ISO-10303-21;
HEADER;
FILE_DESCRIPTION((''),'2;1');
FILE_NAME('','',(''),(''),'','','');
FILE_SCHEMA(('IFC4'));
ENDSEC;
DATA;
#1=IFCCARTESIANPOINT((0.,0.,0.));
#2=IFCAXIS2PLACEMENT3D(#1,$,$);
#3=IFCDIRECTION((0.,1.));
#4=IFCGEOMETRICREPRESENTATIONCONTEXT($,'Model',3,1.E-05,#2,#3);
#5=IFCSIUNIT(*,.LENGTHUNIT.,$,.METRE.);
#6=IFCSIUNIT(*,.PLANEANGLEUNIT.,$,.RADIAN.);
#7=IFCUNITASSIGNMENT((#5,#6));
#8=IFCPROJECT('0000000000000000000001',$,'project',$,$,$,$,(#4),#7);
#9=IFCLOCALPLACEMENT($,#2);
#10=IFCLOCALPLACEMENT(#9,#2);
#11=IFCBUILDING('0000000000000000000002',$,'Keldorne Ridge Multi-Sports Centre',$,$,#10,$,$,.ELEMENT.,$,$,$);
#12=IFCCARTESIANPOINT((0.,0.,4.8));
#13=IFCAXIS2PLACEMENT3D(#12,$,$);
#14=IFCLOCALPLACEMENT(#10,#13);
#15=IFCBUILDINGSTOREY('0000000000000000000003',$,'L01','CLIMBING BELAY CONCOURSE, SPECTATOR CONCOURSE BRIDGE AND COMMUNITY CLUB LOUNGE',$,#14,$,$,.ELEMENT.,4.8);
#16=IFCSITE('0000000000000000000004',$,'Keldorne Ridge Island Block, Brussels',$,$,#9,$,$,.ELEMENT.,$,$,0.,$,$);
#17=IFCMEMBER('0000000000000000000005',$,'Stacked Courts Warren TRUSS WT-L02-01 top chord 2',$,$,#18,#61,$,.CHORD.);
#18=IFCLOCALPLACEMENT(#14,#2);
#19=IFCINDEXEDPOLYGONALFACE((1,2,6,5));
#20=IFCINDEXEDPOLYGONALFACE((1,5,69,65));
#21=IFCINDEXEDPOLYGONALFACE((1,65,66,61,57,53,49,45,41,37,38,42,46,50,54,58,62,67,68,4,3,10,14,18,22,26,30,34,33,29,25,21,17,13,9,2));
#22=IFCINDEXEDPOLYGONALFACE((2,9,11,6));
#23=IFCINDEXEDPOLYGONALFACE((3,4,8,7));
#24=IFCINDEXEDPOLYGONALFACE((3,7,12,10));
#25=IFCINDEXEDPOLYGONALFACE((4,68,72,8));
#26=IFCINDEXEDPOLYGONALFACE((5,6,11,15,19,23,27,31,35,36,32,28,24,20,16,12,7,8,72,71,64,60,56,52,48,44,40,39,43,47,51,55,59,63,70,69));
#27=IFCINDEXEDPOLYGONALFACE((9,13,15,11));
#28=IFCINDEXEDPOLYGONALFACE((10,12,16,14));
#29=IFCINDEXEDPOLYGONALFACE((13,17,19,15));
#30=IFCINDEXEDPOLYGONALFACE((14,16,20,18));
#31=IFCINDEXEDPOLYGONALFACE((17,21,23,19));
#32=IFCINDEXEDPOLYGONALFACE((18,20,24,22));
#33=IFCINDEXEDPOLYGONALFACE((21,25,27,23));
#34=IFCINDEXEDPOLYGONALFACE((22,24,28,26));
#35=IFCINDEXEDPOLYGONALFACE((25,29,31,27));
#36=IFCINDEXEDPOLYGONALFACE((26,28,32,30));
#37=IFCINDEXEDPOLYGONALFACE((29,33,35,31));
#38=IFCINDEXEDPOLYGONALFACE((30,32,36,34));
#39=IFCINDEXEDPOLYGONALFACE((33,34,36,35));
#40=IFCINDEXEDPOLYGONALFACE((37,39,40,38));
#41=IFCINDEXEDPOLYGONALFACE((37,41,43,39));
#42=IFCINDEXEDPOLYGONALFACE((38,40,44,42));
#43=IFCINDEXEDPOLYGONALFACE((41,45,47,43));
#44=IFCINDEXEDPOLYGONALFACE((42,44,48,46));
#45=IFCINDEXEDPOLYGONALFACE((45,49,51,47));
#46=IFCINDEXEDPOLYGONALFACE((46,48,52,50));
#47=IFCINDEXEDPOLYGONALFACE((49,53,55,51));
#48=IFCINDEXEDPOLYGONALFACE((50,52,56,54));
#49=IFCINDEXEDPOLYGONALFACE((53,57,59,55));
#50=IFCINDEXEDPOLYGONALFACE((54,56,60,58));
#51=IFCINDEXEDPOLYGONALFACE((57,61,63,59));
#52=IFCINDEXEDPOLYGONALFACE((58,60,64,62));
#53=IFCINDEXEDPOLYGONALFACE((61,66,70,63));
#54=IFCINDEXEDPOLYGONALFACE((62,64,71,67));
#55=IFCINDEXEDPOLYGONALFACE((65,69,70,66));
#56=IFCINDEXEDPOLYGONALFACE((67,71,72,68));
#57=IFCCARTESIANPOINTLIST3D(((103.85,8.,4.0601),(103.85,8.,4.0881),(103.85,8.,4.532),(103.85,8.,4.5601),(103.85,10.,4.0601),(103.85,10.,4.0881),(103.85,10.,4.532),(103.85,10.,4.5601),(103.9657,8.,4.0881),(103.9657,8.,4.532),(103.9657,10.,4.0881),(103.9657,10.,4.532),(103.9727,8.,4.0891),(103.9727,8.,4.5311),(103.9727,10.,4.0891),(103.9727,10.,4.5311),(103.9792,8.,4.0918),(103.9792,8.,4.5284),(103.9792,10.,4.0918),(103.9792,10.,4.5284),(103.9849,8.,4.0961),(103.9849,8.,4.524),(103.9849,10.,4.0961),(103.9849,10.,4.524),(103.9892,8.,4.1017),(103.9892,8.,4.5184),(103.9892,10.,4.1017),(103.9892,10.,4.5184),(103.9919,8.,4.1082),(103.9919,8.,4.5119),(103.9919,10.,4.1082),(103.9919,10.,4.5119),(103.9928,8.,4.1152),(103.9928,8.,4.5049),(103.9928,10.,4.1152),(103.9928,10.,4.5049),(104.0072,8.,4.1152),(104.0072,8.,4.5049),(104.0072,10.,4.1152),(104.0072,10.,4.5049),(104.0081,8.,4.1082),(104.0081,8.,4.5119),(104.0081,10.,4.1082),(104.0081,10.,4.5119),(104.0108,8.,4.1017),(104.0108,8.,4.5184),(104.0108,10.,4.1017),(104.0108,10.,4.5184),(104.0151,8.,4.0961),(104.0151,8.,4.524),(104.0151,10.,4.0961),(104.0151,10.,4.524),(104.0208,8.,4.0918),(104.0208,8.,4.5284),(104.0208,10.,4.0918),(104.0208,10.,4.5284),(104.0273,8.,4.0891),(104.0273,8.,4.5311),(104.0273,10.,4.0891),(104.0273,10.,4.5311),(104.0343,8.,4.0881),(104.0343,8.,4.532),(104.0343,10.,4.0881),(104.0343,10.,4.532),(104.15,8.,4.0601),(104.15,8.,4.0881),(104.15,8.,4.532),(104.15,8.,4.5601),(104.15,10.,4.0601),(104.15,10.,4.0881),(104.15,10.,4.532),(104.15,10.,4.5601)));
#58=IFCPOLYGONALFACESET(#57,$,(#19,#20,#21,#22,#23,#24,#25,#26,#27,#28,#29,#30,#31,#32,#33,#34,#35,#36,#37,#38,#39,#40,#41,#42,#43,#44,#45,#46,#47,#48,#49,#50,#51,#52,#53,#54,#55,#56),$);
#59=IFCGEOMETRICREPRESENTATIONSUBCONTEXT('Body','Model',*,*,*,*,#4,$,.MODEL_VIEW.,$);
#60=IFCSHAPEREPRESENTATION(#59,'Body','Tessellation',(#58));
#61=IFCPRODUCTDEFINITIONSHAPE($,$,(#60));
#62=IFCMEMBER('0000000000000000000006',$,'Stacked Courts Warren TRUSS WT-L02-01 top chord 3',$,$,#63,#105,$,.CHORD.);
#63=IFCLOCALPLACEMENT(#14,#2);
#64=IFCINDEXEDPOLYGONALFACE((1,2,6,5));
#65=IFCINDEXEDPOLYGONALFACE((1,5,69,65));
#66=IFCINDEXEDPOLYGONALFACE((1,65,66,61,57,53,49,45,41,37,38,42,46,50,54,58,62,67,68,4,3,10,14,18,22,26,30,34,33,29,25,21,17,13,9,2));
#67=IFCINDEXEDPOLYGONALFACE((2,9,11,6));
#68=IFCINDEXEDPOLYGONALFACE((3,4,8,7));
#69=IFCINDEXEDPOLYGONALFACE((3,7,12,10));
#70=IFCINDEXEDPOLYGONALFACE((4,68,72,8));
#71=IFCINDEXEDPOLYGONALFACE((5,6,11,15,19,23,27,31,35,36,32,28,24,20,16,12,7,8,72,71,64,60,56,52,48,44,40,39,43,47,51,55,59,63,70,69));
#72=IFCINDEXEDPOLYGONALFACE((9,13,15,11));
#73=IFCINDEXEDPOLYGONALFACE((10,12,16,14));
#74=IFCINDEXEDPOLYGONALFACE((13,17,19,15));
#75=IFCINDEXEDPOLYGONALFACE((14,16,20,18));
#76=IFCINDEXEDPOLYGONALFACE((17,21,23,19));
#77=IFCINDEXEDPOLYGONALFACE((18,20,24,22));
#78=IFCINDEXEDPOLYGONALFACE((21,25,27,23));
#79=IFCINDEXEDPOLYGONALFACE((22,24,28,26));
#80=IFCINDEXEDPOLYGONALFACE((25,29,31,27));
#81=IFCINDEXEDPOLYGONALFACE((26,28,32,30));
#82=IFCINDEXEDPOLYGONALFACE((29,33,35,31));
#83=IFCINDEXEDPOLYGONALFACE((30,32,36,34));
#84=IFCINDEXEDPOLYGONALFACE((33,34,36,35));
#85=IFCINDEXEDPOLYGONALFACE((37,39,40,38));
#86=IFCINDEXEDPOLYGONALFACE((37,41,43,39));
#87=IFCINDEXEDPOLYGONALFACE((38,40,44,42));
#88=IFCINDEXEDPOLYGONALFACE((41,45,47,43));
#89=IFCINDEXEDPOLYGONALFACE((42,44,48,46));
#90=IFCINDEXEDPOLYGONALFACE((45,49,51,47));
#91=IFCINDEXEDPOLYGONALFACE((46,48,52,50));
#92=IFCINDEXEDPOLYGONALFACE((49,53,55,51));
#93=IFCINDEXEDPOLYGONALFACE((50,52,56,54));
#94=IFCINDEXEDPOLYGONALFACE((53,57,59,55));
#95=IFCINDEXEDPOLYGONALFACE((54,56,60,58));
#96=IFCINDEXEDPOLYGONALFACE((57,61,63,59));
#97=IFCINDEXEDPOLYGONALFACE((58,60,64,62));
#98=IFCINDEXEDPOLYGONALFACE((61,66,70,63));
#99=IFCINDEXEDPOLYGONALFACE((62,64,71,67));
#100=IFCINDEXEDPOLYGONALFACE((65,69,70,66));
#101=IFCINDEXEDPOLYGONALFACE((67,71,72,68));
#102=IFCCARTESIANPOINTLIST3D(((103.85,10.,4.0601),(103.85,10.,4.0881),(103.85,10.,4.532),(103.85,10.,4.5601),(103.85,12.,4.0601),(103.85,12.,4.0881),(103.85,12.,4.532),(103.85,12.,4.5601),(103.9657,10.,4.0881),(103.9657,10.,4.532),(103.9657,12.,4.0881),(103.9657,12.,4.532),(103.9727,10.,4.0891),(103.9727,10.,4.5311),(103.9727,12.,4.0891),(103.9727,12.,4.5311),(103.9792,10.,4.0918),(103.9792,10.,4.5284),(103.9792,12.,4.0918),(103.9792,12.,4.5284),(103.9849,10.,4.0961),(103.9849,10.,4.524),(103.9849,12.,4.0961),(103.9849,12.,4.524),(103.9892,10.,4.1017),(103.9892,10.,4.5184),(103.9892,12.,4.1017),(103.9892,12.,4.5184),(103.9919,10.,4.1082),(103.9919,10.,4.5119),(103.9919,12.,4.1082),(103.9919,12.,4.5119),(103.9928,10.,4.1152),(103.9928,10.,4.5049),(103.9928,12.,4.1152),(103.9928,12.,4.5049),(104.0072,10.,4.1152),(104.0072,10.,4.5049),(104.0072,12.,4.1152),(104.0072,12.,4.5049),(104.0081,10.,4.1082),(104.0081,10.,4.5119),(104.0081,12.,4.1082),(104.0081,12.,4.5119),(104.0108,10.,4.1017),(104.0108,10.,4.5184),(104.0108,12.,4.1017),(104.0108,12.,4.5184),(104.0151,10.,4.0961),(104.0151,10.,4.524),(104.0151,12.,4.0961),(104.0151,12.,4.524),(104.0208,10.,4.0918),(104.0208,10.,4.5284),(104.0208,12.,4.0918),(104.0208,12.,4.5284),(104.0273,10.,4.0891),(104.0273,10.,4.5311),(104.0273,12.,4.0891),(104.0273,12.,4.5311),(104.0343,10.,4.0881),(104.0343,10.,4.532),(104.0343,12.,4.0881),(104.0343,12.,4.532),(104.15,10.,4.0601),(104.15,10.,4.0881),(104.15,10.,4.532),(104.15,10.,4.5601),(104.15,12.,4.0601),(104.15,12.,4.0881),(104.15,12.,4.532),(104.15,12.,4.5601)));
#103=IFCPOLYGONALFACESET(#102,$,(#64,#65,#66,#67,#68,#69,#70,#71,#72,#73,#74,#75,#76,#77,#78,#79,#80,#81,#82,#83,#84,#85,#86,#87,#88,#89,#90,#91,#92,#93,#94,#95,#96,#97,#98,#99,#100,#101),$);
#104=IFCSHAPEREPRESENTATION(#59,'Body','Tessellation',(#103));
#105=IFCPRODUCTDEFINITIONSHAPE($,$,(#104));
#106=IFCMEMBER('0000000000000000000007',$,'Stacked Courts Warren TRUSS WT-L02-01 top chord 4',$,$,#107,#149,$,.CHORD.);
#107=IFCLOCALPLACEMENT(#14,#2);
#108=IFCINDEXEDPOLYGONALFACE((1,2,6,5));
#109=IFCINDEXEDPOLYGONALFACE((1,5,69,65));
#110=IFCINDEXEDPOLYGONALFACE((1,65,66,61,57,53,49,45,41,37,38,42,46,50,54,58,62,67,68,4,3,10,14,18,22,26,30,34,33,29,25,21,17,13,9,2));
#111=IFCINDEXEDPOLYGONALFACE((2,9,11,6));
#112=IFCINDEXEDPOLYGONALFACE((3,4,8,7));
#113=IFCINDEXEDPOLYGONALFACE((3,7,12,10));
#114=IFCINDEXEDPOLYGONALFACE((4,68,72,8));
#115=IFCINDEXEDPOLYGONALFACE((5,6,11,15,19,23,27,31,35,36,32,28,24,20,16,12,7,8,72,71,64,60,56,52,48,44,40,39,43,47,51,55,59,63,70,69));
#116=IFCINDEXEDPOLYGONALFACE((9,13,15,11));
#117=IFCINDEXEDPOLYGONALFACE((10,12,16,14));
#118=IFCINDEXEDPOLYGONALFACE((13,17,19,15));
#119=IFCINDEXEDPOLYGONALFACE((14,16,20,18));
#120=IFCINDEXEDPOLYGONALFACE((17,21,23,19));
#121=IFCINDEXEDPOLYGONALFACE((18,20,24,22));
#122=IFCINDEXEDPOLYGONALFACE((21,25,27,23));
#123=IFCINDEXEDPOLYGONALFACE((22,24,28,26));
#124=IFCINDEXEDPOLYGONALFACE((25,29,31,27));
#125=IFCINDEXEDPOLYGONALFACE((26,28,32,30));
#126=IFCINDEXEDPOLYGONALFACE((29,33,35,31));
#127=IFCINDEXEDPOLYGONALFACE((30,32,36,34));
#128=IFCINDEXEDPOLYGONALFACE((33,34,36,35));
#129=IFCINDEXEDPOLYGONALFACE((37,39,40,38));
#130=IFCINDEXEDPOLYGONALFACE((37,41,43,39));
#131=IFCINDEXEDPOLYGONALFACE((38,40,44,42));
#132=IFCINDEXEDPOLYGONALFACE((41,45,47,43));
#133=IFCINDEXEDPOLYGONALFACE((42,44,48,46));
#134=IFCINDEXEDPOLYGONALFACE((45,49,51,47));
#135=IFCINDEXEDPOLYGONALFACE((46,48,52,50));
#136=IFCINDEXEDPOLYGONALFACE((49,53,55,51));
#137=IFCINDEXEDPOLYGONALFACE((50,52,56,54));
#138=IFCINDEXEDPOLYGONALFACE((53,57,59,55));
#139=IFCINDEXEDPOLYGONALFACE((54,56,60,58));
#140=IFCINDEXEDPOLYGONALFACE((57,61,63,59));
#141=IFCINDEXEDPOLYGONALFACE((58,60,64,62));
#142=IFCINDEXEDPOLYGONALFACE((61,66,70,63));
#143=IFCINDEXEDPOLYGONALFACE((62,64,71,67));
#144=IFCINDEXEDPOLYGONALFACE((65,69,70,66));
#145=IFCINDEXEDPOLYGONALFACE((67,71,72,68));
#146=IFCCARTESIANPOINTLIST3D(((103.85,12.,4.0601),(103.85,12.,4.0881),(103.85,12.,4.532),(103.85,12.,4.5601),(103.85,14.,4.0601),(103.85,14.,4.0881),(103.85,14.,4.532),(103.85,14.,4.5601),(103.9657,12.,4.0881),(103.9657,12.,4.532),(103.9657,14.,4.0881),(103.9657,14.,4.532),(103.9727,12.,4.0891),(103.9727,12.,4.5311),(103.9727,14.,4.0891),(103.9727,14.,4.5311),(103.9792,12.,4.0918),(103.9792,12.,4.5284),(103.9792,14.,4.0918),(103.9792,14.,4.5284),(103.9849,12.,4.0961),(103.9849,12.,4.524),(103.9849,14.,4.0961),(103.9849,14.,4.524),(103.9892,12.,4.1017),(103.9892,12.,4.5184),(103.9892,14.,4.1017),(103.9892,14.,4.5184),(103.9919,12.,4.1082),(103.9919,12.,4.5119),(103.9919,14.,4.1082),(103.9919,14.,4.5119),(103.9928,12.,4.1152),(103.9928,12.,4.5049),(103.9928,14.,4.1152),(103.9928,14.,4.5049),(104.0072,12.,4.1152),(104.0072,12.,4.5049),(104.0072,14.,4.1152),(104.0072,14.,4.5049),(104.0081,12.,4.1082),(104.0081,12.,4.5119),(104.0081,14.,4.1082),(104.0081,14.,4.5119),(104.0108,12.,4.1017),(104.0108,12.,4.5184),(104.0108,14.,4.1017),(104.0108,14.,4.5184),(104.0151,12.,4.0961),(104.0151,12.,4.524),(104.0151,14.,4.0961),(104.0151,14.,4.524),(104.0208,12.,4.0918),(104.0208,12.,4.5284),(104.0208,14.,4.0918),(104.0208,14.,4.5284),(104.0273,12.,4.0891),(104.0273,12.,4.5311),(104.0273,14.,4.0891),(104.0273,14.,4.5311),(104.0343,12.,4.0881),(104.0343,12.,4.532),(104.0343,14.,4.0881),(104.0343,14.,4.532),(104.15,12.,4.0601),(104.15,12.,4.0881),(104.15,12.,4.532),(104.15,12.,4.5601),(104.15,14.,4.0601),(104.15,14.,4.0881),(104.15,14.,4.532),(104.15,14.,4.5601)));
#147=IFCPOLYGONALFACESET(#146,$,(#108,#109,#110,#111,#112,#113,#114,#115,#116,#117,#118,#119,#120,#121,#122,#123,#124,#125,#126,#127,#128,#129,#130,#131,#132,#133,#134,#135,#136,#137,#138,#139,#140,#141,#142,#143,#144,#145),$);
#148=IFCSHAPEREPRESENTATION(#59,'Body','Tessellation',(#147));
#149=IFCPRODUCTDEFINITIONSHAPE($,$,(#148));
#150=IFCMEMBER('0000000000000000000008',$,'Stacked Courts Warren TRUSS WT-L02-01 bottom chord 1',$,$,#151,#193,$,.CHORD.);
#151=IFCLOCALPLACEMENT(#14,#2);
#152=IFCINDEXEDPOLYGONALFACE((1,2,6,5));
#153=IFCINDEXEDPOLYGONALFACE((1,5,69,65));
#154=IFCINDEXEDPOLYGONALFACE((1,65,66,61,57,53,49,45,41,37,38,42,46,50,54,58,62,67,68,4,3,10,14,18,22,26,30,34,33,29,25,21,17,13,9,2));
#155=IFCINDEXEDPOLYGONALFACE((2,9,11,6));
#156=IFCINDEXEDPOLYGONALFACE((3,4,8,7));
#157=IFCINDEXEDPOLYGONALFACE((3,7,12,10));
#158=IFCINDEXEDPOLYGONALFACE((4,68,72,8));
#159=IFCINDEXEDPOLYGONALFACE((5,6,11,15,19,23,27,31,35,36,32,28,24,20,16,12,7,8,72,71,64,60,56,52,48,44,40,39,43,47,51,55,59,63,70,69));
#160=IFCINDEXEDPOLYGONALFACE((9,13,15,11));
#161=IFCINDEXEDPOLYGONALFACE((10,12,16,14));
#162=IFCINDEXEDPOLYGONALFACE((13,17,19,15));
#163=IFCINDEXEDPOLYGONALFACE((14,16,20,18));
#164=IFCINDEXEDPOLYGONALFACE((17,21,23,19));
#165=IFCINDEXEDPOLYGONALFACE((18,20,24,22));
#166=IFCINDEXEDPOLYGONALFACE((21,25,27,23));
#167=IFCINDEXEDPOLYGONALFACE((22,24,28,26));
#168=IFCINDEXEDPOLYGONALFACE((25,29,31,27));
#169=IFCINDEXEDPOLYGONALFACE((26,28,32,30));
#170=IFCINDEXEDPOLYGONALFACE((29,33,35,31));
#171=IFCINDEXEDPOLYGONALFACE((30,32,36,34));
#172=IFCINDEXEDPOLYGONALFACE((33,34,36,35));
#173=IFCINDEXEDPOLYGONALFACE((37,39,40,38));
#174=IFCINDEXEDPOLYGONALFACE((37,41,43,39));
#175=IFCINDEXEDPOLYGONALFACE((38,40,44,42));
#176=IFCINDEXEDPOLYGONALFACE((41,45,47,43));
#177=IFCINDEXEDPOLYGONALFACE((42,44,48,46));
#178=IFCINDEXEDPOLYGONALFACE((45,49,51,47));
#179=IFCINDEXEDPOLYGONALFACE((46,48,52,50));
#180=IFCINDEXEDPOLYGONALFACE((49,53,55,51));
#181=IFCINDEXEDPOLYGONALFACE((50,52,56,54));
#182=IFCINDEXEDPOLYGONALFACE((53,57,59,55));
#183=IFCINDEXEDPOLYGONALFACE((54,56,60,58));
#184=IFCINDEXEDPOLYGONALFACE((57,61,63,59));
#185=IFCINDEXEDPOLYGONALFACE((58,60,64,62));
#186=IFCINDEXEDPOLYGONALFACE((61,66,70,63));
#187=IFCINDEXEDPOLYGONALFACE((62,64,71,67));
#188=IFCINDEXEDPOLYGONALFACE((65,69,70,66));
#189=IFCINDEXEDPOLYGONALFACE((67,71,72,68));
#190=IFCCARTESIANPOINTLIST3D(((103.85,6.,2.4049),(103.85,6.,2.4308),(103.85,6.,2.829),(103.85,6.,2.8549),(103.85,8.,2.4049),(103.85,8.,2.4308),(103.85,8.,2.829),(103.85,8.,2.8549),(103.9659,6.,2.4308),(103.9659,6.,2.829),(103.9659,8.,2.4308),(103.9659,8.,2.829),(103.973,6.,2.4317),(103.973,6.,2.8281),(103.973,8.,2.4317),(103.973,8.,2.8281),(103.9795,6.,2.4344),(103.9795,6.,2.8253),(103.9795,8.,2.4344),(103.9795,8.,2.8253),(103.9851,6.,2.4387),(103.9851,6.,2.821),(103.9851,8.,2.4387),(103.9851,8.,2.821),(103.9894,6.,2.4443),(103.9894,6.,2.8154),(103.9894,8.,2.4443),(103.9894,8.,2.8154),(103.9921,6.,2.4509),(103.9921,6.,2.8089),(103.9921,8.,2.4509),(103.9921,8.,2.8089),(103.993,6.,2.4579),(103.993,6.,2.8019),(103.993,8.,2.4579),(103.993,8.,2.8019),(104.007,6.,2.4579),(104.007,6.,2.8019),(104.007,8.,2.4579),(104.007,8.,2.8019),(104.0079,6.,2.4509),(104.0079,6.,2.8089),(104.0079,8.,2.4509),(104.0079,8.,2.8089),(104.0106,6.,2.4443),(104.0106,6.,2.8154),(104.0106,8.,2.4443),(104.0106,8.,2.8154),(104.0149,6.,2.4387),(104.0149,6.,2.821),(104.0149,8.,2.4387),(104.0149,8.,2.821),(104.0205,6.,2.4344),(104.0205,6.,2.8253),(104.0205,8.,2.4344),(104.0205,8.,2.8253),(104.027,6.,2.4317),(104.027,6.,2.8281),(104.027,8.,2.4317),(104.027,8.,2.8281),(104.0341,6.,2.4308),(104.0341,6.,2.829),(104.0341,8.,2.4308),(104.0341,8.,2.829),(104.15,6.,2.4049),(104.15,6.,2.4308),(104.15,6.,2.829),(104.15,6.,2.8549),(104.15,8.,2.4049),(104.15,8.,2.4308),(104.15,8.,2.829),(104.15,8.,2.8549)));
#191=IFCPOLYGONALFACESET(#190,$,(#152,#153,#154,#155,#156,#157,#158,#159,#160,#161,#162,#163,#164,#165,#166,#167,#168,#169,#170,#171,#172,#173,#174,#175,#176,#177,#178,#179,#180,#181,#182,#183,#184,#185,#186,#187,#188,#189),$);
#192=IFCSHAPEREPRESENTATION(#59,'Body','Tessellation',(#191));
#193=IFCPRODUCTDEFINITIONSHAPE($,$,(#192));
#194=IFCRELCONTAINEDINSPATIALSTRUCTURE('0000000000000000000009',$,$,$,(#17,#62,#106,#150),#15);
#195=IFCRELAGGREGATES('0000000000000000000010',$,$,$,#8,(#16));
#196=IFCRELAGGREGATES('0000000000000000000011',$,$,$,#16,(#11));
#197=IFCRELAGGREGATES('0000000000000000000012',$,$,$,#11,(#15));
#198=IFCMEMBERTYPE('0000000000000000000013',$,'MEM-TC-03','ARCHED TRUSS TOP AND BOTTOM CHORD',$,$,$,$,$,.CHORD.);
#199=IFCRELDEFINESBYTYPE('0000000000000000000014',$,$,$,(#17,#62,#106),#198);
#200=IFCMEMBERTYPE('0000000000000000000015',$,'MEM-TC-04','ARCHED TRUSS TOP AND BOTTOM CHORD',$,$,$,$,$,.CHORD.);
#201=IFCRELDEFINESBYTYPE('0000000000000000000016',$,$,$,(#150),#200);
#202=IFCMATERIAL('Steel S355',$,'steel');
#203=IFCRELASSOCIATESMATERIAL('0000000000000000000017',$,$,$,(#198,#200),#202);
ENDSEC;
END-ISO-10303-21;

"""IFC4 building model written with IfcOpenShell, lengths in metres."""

from ifc_helpers import new_model, si_unit, direction, frame, origin, origin_2d, place, context, subcontext, project, spatial, i_section, extrude, material, material_profile, profile_set, type_object, element, save


model = new_model("IFC4")

# Units and contexts
model_context = context("Model", 3, precision=1e-05, world=origin(), true_north=direction((0.0, 1.0)))
body_context = subcontext(model_context, "Body", "Model", "MODEL_VIEW")
ifc_project = project(units=[si_unit("LENGTHUNIT", "METRE"), si_unit("PLANEANGLEUNIT", "RADIAN")], contexts=[model_context])

# Site, building, storey
site_placement = place(None, origin())
site = spatial("IfcSite", under=ifc_project, at=site_placement, Name="Keldorne Ridge Island Block, Brussels", CompositionType="ELEMENT", RefElevation=0.0)
building_placement = place(site_placement, origin())
building = spatial("IfcBuilding", under=site, at=building_placement, Name="Keldorne Ridge Multi-Sports Centre", CompositionType="ELEMENT")
storey_placement = place(building_placement, frame((0.0, 0.0, 4.8)))
storey = spatial("IfcBuildingStorey", under=building, at=storey_placement, Name="L01", Description="CLIMBING BELAY CONCOURSE, SPECTATOR CONCOURSE BRIDGE AND COMMUNITY CLUB LOUNGE", CompositionType="ELEMENT", Elevation=4.8)

# Shared definitions
ifc_material_1 = material(Name="Steel S355", Category="steel")

# Members
ifc_material_profile_1 = material_profile(ifc_material_1, i_section(OverallWidth=0.3, OverallDepth=0.5, WebThickness=0.0144, FlangeThickness=0.0281, FilletRadius=0.0271, at=origin_2d()), Name="HEB 500")
ifc_profile_set_1 = profile_set([ifc_material_profile_1], Name="Steel S355")
member_type_1 = type_object("IfcMemberType", Name="MEM-TC-03", Description="ARCHED TRUSS TOP AND BOTTOM CHORD", PredefinedType="CHORD", material=ifc_profile_set_1)
for number, where, z_axis, x_axis, name in (
    (1, (104.0, 8.0, 4.3101), (0.0, 1.0, 0.0), (-1.0, 0.0, 0.0), "Stacked Courts Warren TRUSS WT-L02-01 top chord 2"),
    (2, (104.0, 10.0, 4.3101), (0.0, 1.0, 0.0), (-1.0, 0.0, 0.0), "Stacked Courts Warren TRUSS WT-L02-01 top chord 3"),
    (3, (104.0, 12.0, 4.3101), (0.0, 1.0, 0.0), (-1.0, 0.0, 0.0), "Stacked Courts Warren TRUSS WT-L02-01 top chord 4"),
):
    element("IfcMember", number, at=place(storey_placement, frame(where, z_axis=z_axis, x_axis=x_axis)), inside=storey, type_object=member_type_1, Name=name, PredefinedType="CHORD", context=body_context, shape_type="SweptSolid", body=[
        extrude(i_section(OverallWidth=0.3, OverallDepth=0.5, WebThickness=0.0144, FlangeThickness=0.0281, FilletRadius=0.0271, at=origin_2d()), origin(), (0.0, 0.0, 1.0), 2.0),
    ])
ifc_material_profile_2 = material_profile(ifc_material_1, i_section(OverallWidth=0.3, OverallDepth=0.45, WebThickness=0.0139, FlangeThickness=0.0259, FilletRadius=0.0271, at=origin_2d()), Name="HEB 450")
ifc_profile_set_2 = profile_set([ifc_material_profile_2], Name="Steel S355")
member_type_2 = type_object("IfcMemberType", Name="MEM-TC-04", Description="ARCHED TRUSS TOP AND BOTTOM CHORD", PredefinedType="CHORD", material=ifc_profile_set_2)
for number, where, z_axis, x_axis, name in (
    (4, (104.0, 6.0, 2.6299), (0.0, 1.0, 0.0), (-1.0, 0.0, 0.0), "Stacked Courts Warren TRUSS WT-L02-01 bottom chord 1"),
):
    element("IfcMember", number, at=place(storey_placement, frame(where, z_axis=z_axis, x_axis=x_axis)), inside=storey, type_object=member_type_2, Name=name, PredefinedType="CHORD", context=body_context, shape_type="SweptSolid", body=[
        extrude(i_section(OverallWidth=0.3, OverallDepth=0.45, WebThickness=0.0139, FlangeThickness=0.0259, FilletRadius=0.0271, at=origin_2d()), origin(), (0.0, 0.0, 1.0), 2.0),
    ])

save(model, "model.ifc")
